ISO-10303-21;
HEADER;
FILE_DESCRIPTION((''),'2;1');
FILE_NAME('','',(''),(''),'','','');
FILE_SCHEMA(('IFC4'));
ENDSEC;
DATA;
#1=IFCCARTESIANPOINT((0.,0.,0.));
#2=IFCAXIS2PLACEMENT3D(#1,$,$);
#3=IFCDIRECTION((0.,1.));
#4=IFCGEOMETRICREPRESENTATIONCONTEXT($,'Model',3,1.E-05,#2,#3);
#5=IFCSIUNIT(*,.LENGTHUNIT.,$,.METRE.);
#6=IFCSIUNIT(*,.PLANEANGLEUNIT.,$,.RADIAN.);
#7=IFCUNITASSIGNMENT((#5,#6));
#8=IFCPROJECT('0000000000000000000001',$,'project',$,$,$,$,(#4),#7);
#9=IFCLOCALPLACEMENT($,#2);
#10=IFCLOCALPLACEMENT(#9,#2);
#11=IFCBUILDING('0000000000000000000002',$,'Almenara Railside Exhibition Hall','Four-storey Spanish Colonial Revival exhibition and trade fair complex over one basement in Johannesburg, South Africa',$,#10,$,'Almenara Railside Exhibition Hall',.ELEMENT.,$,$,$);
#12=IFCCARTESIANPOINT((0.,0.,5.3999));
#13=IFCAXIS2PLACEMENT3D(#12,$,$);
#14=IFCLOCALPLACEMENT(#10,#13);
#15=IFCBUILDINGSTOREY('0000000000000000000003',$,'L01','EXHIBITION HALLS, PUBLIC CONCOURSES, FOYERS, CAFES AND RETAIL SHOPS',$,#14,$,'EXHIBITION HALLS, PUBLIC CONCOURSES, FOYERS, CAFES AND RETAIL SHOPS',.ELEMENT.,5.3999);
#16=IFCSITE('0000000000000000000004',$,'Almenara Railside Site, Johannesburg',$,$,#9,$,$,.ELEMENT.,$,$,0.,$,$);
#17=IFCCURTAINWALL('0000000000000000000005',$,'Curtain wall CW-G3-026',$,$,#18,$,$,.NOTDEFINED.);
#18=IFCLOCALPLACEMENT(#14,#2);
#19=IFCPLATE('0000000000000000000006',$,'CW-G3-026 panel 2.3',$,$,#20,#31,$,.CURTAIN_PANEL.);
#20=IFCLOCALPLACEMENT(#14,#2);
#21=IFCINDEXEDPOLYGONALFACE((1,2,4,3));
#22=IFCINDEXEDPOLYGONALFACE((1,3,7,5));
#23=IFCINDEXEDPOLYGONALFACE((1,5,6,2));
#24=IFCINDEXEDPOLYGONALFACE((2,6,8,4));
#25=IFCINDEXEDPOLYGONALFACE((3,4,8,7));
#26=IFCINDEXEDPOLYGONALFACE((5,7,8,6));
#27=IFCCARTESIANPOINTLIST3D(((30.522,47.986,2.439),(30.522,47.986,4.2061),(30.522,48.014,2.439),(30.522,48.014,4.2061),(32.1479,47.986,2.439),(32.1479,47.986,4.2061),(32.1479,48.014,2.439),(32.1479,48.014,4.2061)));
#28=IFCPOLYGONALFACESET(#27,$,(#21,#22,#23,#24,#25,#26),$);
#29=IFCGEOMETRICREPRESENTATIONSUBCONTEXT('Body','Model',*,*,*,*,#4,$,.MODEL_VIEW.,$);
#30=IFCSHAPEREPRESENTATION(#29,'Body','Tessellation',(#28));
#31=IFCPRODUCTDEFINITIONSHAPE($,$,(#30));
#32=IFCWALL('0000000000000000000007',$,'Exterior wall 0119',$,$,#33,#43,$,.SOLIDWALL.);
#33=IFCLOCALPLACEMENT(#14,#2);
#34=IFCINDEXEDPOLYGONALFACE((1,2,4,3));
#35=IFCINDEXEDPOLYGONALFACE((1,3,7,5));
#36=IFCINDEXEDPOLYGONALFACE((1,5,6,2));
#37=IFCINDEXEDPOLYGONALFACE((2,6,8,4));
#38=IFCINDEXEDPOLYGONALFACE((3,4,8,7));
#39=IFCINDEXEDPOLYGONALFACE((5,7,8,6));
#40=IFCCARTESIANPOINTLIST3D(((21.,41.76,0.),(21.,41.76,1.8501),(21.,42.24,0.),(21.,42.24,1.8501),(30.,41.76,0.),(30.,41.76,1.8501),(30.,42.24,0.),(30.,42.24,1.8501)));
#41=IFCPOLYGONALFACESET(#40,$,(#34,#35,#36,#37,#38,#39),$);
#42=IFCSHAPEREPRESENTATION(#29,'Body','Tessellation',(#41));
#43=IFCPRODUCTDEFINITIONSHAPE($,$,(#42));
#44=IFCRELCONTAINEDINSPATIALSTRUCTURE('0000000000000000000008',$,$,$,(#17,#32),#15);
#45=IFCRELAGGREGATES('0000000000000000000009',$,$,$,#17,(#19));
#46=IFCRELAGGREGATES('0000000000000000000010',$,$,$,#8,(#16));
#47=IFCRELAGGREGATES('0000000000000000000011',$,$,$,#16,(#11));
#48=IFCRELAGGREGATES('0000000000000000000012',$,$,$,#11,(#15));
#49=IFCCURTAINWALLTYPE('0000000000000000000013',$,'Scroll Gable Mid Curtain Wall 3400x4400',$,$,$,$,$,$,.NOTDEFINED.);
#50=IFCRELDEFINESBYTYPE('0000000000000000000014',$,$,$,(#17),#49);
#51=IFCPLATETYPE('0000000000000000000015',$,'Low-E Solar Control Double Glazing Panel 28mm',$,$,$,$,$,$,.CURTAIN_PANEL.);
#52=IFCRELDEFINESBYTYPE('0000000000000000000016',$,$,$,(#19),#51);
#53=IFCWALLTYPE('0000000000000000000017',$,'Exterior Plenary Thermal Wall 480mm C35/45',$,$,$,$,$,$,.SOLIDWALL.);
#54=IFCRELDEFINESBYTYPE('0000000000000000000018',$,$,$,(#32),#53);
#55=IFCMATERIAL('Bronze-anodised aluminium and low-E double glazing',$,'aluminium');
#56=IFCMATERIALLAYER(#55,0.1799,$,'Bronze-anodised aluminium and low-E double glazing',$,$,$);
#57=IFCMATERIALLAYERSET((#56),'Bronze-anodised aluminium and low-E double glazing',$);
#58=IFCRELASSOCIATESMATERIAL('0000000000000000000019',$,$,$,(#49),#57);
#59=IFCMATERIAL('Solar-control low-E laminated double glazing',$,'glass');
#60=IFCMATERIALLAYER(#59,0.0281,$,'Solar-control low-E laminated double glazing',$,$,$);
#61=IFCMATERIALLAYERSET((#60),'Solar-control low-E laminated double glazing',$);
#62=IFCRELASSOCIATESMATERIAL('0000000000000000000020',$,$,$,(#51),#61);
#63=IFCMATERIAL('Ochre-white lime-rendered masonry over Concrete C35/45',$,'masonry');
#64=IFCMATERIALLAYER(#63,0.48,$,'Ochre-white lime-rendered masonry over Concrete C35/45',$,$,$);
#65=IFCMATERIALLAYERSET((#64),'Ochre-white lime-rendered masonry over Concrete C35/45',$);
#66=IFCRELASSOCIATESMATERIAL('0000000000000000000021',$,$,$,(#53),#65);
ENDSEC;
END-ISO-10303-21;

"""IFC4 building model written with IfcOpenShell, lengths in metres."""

from ifc_helpers import new_model, si_unit, direction, frame, frame_2d, origin, origin_2d, place, context, subcontext, project, spatial, rectangle, extrude, material, layer, layer_set, type_object, element, aggregate, save


model = new_model("IFC4")

# Units and contexts
model_context = context("Model", 3, precision=1e-05, world=origin(), true_north=direction((0.0, 1.0)))
body_context = subcontext(model_context, "Body", "Model", "MODEL_VIEW")
ifc_project = project(units=[si_unit("LENGTHUNIT", "METRE"), si_unit("PLANEANGLEUNIT", "RADIAN")], contexts=[model_context])

# Site, building, storey
site_placement = place(None, origin())
site = spatial("IfcSite", under=ifc_project, at=site_placement, Name="Almenara Railside Site, Johannesburg", CompositionType="ELEMENT", RefElevation=0.0)
building_placement = place(site_placement, origin())
building = spatial("IfcBuilding", under=site, at=building_placement, Name="Almenara Railside Exhibition Hall", Description="Four-storey Spanish Colonial Revival exhibition and trade fair complex over one basement in Johannesburg, South Africa", LongName="Almenara Railside Exhibition Hall", CompositionType="ELEMENT")
storey_placement = place(building_placement, frame((0.0, 0.0, 5.3999)))
storey = spatial("IfcBuildingStorey", under=building, at=storey_placement, Name="L01", Description="EXHIBITION HALLS, PUBLIC CONCOURSES, FOYERS, CAFES AND RETAIL SHOPS", LongName="EXHIBITION HALLS, PUBLIC CONCOURSES, FOYERS, CAFES AND RETAIL SHOPS", CompositionType="ELEMENT", Elevation=5.3999)

# Shared definitions
ifc_material_1 = material(Name="Bronze-anodised aluminium and low-E double glazing", Category="aluminium")
ifc_layer_1 = layer(ifc_material_1, 0.1799, Name="Bronze-anodised aluminium and low-E double glazing")
ifc_layer_set_1 = layer_set([ifc_layer_1], Name="Bronze-anodised aluminium and low-E double glazing")
curtain_wall_type_1 = type_object("IfcCurtainWallType", Name="Scroll Gable Mid Curtain Wall 3400x4400", PredefinedType="NOTDEFINED", material=ifc_layer_set_1)

# Curtain wall
curtain_wall_1_placement = place(storey_placement, origin())
curtain_wall_1 = element("IfcCurtainWall", 1, at=curtain_wall_1_placement, inside=storey, type_object=curtain_wall_type_1, Name="Curtain wall CW-G3-026", PredefinedType="NOTDEFINED")

# Plate
ifc_material_2 = material(Name="Solar-control low-E laminated double glazing", Category="glass")
ifc_layer_2 = layer(ifc_material_2, 0.0281, Name="Solar-control low-E laminated double glazing")
ifc_layer_set_2 = layer_set([ifc_layer_2], Name="Solar-control low-E laminated double glazing")
plate_type_1 = type_object("IfcPlateType", Name="Low-E Solar Control Double Glazing Panel 28mm", PredefinedType="CURTAIN_PANEL", material=ifc_layer_set_2)
plate_1_placement = place(storey_placement, frame((31.335, 48.0, 2.439), z_axis=(0.0, 0.0, 1.0), x_axis=(1.0, 0.0, 0.0)))
plate_1 = element("IfcPlate", 2, at=plate_1_placement, type_object=plate_type_1, Name="CW-G3-026 panel 2.3", PredefinedType="CURTAIN_PANEL", context=body_context, shape_type="SweptSolid", body=[
    extrude(rectangle(XDim=1.626, YDim=0.0281, at=origin_2d()), origin(), (0.0, 0.0, 1.0), 1.7671),
])
aggregate(curtain_wall_1, [plate_1])

# Wall
ifc_material_3 = material(Name="Ochre-white lime-rendered masonry over Concrete C35/45", Category="masonry")
ifc_layer_3 = layer(ifc_material_3, 0.48, Name="Ochre-white lime-rendered masonry over Concrete C35/45")
ifc_layer_set_3 = layer_set([ifc_layer_3], Name="Ochre-white lime-rendered masonry over Concrete C35/45")
wall_type = type_object("IfcWallType", Name="Exterior Plenary Thermal Wall 480mm C35/45", PredefinedType="SOLIDWALL", material=ifc_layer_set_3)
wall_placement = place(storey_placement, frame((30.0, 42.0, 0.0), z_axis=(0.0, 0.0, 1.0), x_axis=(-1.0, 0.0, 0.0)))
element("IfcWall", 3, at=wall_placement, inside=storey, type_object=wall_type, Name="Exterior wall 0119", PredefinedType="SOLIDWALL", context=body_context, shape_type="SweptSolid", body=[
    extrude(rectangle(XDim=9.0, YDim=0.48, at=frame_2d((4.5, 0.0))), origin(), (0.0, 0.0, 1.0), 1.8501),
])

save(model, "model.ifc")
